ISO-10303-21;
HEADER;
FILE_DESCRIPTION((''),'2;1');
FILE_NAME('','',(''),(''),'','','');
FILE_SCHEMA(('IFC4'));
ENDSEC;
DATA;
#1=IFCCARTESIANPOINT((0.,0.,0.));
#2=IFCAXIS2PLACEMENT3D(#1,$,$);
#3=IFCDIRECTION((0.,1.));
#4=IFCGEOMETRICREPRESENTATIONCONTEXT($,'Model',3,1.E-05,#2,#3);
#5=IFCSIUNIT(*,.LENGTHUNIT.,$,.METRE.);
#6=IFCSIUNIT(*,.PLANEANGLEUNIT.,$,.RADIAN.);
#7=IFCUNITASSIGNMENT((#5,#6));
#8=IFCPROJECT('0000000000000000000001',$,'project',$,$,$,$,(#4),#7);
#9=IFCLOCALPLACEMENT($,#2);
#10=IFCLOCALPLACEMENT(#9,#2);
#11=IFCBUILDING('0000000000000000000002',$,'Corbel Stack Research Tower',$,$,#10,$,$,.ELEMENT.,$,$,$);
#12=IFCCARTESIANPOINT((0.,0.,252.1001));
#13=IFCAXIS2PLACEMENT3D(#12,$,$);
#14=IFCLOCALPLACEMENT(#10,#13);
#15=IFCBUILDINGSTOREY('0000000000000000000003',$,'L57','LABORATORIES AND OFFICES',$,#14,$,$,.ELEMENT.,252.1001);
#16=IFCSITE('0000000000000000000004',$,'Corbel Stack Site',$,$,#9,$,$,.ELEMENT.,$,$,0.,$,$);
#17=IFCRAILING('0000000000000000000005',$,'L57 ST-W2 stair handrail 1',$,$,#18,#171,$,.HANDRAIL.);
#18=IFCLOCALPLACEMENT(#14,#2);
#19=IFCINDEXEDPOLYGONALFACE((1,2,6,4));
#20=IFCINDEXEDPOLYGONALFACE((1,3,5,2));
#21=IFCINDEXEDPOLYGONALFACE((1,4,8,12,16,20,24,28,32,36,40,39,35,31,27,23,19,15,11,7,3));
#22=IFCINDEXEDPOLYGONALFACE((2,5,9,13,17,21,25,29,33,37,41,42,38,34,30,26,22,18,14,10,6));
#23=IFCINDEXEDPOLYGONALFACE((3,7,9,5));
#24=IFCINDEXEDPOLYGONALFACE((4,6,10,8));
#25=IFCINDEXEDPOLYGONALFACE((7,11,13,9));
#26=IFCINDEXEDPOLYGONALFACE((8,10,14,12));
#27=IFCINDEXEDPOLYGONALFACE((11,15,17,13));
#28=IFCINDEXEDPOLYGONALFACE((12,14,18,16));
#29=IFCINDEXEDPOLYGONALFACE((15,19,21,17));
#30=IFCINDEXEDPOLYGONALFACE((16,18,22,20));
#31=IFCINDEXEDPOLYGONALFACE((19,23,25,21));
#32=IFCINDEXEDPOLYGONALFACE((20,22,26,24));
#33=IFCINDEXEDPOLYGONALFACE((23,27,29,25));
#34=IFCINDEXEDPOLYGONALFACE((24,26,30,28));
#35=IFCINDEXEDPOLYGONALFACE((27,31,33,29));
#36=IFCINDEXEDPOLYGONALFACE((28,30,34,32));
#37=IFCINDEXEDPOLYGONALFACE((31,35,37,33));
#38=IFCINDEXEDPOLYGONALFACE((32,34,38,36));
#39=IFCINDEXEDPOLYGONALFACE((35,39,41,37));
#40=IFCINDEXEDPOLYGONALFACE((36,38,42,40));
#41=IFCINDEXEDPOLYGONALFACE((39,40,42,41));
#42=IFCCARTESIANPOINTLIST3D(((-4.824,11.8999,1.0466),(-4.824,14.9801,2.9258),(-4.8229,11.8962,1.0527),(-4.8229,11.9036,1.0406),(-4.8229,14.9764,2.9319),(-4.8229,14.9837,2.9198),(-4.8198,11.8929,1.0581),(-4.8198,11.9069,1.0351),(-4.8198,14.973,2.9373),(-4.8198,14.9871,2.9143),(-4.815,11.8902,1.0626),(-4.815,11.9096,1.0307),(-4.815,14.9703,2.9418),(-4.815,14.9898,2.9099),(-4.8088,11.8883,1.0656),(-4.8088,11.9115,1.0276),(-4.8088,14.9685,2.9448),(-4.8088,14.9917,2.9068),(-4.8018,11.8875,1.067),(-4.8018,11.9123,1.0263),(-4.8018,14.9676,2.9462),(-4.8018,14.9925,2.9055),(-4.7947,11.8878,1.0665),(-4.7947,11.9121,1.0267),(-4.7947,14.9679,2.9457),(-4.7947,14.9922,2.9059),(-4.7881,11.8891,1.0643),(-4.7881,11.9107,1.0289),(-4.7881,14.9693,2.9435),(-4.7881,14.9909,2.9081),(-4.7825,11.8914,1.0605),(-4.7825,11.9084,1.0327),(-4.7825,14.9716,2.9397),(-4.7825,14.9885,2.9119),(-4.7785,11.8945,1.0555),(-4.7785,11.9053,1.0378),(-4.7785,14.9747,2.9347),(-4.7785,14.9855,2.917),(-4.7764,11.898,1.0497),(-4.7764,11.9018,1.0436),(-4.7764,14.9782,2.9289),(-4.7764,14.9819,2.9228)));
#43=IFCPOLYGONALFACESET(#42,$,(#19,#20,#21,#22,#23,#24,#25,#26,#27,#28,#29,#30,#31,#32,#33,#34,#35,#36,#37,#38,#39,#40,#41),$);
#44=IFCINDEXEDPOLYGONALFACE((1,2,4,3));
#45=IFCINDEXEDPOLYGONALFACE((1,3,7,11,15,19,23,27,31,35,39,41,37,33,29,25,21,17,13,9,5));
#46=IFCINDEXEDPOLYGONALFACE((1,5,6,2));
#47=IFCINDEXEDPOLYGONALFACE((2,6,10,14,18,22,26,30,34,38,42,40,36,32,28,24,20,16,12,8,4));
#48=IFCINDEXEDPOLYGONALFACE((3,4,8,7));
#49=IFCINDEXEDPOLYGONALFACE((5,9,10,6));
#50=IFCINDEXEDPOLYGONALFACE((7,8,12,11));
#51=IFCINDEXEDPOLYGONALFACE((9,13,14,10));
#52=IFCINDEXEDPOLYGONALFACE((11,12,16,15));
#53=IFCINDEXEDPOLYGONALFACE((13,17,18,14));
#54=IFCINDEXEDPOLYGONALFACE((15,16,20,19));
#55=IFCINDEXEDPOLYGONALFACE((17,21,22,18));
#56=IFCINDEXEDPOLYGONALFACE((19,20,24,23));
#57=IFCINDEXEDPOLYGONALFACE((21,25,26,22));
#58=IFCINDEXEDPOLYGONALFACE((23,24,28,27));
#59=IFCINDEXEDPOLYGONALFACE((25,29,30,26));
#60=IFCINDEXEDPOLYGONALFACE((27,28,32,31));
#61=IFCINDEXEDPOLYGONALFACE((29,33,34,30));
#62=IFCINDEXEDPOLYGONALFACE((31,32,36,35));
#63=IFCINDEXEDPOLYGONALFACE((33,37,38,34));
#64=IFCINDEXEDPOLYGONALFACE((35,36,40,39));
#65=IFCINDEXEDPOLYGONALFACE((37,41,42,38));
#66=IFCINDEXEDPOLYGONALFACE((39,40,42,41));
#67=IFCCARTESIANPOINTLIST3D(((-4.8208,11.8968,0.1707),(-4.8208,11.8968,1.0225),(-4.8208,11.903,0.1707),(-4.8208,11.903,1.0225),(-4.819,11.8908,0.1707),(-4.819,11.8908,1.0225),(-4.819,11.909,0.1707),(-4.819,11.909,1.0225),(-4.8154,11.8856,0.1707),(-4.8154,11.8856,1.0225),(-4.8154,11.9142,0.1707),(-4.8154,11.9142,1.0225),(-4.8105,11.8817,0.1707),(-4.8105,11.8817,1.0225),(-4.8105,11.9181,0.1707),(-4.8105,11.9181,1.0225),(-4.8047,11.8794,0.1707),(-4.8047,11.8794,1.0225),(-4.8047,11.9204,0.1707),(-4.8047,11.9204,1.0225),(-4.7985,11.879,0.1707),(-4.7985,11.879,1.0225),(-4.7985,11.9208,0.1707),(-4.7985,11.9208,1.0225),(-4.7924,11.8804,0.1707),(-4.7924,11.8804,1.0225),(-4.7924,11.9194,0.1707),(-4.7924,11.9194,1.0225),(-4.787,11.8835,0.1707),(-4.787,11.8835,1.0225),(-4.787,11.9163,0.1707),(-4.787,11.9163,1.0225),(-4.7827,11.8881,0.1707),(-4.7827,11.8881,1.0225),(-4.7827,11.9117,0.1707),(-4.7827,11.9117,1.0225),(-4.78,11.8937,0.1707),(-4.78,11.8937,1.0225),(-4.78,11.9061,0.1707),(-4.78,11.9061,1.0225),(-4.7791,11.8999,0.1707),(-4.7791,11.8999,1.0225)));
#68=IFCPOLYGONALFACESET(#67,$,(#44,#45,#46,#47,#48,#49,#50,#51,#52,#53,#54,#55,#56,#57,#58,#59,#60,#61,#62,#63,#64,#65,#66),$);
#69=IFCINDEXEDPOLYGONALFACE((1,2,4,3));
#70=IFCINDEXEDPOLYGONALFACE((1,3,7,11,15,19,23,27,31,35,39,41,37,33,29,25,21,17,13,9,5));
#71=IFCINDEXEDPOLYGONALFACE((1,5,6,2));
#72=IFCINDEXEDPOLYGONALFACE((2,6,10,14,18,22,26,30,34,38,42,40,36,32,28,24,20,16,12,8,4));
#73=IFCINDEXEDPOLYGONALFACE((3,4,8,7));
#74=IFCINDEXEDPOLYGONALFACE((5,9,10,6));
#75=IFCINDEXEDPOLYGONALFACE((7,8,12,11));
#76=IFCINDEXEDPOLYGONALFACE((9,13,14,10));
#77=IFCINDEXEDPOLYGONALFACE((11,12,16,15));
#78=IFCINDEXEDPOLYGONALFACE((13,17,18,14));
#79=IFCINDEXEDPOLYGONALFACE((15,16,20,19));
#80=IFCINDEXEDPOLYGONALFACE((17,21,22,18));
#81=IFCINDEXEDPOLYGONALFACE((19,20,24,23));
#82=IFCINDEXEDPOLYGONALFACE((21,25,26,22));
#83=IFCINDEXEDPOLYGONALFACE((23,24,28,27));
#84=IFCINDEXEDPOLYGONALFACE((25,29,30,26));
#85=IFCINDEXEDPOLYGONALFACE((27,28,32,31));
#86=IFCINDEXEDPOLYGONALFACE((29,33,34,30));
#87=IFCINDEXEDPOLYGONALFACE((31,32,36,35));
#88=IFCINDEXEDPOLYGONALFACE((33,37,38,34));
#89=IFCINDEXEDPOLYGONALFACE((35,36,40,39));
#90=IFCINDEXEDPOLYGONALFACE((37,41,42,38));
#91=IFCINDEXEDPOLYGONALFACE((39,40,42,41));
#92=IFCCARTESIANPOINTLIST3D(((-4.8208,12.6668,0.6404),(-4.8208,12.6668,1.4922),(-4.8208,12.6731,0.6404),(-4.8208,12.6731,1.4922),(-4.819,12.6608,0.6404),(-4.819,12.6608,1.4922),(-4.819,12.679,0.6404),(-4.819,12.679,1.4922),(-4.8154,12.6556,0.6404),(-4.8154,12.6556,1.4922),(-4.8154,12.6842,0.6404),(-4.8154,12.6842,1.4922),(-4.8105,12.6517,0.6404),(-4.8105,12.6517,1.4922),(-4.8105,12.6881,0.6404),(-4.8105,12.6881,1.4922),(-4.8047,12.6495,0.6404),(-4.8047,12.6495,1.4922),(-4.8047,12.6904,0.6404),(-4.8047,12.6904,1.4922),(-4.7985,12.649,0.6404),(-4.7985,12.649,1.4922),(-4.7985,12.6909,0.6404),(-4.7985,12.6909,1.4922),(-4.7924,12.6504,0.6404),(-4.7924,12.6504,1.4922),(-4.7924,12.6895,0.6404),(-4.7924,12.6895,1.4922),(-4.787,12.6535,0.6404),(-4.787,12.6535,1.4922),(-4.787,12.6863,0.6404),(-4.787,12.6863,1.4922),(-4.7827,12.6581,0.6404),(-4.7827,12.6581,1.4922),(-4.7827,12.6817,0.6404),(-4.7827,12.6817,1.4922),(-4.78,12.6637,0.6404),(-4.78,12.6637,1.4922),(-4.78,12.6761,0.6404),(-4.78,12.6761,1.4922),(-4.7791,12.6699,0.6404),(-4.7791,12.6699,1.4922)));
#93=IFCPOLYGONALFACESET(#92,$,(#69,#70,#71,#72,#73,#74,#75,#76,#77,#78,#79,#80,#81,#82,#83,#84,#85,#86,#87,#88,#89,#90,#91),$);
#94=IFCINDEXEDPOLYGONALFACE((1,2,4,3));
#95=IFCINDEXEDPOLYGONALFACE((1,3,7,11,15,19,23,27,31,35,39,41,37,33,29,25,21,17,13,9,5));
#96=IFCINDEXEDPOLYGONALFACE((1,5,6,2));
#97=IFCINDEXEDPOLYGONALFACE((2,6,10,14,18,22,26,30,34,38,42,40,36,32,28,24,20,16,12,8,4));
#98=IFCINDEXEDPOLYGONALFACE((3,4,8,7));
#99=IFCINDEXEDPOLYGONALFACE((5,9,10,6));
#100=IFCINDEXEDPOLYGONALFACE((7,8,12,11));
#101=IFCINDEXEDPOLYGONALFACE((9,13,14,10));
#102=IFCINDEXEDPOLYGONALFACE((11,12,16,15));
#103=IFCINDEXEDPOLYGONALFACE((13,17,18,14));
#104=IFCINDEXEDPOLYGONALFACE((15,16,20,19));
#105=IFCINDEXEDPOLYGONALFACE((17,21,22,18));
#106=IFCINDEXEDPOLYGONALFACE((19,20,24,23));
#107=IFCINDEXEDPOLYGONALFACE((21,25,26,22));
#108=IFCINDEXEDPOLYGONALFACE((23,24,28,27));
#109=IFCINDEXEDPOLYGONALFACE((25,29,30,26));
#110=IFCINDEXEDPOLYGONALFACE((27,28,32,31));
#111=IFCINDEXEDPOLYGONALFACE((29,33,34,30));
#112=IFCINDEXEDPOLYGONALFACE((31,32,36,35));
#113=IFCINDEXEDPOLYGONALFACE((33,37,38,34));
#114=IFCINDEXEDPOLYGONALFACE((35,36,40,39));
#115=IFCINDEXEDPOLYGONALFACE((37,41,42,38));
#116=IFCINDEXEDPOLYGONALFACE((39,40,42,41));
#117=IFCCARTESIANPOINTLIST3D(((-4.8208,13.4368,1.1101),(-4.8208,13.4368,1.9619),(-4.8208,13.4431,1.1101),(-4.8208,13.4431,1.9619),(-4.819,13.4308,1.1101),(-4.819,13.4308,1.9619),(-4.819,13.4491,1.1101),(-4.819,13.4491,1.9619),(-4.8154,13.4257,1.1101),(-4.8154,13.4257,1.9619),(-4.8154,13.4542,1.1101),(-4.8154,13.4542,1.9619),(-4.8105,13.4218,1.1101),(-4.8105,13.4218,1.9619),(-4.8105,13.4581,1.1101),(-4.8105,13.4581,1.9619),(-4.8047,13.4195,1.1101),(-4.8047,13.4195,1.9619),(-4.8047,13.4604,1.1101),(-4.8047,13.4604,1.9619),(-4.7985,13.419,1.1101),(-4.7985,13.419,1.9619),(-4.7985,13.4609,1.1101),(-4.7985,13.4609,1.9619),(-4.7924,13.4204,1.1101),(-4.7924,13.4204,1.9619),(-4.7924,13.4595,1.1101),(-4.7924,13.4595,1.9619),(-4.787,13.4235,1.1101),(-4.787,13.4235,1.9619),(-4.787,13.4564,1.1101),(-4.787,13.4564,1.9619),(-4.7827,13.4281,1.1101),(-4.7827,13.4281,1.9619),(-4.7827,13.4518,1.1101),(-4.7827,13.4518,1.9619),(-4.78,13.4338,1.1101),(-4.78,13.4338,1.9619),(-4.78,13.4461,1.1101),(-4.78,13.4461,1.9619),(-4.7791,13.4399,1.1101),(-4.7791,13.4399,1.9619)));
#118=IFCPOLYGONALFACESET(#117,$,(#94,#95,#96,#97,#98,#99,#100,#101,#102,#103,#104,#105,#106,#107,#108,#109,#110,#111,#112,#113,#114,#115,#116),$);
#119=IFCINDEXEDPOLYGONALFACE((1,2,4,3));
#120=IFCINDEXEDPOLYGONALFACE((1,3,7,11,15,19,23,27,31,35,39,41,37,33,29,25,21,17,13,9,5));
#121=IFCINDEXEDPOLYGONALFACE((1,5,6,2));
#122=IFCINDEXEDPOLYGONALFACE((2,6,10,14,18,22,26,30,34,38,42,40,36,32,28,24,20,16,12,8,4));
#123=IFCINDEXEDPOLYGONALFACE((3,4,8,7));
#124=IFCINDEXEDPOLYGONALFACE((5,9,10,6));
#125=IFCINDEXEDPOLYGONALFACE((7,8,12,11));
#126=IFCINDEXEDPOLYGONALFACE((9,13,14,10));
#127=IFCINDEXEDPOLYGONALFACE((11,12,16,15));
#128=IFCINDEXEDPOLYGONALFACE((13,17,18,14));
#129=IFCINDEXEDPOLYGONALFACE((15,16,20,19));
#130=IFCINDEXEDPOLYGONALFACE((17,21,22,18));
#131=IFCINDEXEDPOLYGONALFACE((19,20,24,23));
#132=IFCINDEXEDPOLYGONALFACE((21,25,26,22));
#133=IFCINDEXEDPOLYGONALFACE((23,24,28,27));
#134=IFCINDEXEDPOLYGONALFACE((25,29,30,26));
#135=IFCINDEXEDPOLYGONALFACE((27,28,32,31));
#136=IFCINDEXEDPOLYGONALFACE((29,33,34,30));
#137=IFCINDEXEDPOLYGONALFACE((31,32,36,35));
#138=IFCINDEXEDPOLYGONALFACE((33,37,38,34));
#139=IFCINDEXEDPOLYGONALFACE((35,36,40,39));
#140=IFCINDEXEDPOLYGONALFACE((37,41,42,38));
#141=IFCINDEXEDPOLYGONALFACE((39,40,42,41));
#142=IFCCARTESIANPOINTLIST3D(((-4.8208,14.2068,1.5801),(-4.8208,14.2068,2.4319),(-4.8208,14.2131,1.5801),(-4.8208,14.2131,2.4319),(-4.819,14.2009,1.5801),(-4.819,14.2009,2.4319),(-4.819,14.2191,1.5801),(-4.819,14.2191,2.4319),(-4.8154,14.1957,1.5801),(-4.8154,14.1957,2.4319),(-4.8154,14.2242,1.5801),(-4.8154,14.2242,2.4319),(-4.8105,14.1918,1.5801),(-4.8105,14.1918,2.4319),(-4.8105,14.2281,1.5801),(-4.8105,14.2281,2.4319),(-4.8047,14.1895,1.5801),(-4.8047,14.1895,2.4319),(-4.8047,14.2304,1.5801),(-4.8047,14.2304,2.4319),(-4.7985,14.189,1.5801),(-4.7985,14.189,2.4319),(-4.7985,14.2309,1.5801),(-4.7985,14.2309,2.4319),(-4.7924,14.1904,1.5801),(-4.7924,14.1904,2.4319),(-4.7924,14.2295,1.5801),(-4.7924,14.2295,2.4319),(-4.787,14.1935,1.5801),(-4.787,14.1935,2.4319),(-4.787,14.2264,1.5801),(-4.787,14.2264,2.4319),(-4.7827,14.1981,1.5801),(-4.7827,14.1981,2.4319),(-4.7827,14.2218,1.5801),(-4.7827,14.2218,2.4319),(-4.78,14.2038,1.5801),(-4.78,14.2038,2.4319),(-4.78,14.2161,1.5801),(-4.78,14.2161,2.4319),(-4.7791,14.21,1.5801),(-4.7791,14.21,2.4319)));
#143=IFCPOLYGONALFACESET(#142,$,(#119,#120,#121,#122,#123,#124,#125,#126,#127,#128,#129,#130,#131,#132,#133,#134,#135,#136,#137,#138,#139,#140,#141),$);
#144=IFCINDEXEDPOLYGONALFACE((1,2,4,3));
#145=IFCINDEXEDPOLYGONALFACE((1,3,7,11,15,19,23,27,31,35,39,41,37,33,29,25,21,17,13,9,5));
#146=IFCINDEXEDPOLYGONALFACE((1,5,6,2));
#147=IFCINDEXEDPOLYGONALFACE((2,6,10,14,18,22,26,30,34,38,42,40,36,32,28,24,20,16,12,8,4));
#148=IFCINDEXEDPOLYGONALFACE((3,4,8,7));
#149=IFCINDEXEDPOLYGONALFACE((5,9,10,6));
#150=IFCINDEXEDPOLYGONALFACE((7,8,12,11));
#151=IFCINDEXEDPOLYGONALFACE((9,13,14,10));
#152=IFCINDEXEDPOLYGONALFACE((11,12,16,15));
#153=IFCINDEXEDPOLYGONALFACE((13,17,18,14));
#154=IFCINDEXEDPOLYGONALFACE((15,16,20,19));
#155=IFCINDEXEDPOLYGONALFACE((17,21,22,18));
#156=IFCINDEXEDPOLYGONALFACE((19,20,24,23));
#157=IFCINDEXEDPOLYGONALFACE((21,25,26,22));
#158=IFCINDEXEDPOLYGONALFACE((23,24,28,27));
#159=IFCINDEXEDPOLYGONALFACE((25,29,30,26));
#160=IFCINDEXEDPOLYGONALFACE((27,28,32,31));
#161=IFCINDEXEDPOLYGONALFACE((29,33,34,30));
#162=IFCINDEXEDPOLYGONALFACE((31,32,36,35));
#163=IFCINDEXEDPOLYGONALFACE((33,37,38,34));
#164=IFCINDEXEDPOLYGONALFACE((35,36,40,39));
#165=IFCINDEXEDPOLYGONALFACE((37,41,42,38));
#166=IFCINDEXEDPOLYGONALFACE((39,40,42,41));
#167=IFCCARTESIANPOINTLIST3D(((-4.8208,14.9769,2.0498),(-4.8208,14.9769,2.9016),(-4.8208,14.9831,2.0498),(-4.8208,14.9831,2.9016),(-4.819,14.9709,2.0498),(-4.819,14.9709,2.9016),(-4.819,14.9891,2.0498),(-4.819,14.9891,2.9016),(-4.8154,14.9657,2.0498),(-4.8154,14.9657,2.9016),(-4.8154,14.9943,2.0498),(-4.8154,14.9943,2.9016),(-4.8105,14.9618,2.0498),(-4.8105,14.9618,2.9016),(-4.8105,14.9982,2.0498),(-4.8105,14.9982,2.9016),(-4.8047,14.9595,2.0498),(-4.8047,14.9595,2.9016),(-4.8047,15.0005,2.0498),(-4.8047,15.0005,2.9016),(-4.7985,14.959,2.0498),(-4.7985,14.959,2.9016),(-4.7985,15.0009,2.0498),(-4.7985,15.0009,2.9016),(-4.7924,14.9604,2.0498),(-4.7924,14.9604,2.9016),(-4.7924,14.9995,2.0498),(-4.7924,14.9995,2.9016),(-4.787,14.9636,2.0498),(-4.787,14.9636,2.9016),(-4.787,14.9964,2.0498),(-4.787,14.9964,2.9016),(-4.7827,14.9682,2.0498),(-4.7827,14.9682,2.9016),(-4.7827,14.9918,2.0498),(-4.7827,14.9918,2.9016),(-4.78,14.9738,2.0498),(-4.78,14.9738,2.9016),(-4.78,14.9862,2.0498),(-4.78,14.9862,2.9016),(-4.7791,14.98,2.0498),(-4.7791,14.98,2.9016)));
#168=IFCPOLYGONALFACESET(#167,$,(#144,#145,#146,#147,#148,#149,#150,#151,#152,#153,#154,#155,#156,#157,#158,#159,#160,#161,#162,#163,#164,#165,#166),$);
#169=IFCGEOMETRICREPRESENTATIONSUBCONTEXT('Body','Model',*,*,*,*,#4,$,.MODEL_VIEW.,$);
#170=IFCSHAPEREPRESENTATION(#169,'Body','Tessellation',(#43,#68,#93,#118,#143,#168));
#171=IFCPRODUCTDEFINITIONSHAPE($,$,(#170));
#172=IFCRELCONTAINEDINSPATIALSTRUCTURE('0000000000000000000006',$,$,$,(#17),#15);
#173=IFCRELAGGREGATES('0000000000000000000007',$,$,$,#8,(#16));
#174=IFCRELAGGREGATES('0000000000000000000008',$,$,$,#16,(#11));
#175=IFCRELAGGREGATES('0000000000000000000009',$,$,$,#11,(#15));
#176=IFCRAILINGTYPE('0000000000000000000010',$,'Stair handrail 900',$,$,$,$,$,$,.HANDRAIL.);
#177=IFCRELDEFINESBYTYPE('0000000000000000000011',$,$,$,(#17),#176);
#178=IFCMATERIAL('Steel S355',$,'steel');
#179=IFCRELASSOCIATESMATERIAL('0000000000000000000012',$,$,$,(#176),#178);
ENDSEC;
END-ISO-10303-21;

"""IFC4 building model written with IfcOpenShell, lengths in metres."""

from ifc_helpers import new_model, si_unit, direction, frame, origin, origin_2d, place, context, subcontext, project, spatial, circle, extrude, material, type_object, element, save


model = new_model("IFC4")

# Units and contexts
model_context = context("Model", 3, precision=1e-05, world=origin(), true_north=direction((0.0, 1.0)))
body_context = subcontext(model_context, "Body", "Model", "MODEL_VIEW")
ifc_project = project(units=[si_unit("LENGTHUNIT", "METRE"), si_unit("PLANEANGLEUNIT", "RADIAN")], contexts=[model_context])

# Site, building, storey
site_placement = place(None, origin())
site = spatial("IfcSite", under=ifc_project, at=site_placement, Name="Corbel Stack Site", CompositionType="ELEMENT", RefElevation=0.0)
building_placement = place(site_placement, origin())
building = spatial("IfcBuilding", under=site, at=building_placement, Name="Corbel Stack Research Tower", CompositionType="ELEMENT")
storey_placement = place(building_placement, frame((0.0, 0.0, 252.1001)))
storey = spatial("IfcBuildingStorey", under=building, at=storey_placement, Name="L57", Description="LABORATORIES AND OFFICES", CompositionType="ELEMENT", Elevation=252.1001)

# Railing
ifc_material_1 = material(Name="Steel S355", Category="steel")
railing_type_1 = type_object("IfcRailingType", Name="Stair handrail 900", PredefinedType="HANDRAIL", material=ifc_material_1)
railing_1_placement = place(storey_placement, frame((-4.8, 11.8999, 0.1707)))
element("IfcRailing", 1, at=railing_1_placement, inside=storey, type_object=railing_type_1, Name="L57 ST-W2 stair handrail 1", PredefinedType="HANDRAIL", context=body_context, shape_type="SweptSolid", body=[
    extrude(circle(Radius=0.0239, at=origin_2d()), frame((0.0, 0.0, 0.876), z_axis=(0.0, 0.853666, 0.52082), x_axis=(-1.0, 0.0, 0.0)), (0.0, 0.0, 1.0), 3.6082),
    extrude(circle(Radius=0.021, at=origin_2d()), origin(), (0.0, 0.0, 1.0), 0.8518),
    extrude(circle(Radius=0.021, at=origin_2d()), frame((0.0, 0.77, 0.4697)), (0.0, 0.0, 1.0), 0.8518),
    extrude(circle(Radius=0.021, at=origin_2d()), frame((0.0, 1.54, 0.9395)), (0.0, 0.0, 1.0), 0.8518),
    extrude(circle(Radius=0.021, at=origin_2d()), frame((0.0, 2.3101, 1.4094)), (0.0, 0.0, 1.0), 0.8518),
    extrude(circle(Radius=0.021, at=origin_2d()), frame((0.0, 3.0801, 1.8792)), (0.0, 0.0, 1.0), 0.8518),
])

save(model, "model.ifc")
